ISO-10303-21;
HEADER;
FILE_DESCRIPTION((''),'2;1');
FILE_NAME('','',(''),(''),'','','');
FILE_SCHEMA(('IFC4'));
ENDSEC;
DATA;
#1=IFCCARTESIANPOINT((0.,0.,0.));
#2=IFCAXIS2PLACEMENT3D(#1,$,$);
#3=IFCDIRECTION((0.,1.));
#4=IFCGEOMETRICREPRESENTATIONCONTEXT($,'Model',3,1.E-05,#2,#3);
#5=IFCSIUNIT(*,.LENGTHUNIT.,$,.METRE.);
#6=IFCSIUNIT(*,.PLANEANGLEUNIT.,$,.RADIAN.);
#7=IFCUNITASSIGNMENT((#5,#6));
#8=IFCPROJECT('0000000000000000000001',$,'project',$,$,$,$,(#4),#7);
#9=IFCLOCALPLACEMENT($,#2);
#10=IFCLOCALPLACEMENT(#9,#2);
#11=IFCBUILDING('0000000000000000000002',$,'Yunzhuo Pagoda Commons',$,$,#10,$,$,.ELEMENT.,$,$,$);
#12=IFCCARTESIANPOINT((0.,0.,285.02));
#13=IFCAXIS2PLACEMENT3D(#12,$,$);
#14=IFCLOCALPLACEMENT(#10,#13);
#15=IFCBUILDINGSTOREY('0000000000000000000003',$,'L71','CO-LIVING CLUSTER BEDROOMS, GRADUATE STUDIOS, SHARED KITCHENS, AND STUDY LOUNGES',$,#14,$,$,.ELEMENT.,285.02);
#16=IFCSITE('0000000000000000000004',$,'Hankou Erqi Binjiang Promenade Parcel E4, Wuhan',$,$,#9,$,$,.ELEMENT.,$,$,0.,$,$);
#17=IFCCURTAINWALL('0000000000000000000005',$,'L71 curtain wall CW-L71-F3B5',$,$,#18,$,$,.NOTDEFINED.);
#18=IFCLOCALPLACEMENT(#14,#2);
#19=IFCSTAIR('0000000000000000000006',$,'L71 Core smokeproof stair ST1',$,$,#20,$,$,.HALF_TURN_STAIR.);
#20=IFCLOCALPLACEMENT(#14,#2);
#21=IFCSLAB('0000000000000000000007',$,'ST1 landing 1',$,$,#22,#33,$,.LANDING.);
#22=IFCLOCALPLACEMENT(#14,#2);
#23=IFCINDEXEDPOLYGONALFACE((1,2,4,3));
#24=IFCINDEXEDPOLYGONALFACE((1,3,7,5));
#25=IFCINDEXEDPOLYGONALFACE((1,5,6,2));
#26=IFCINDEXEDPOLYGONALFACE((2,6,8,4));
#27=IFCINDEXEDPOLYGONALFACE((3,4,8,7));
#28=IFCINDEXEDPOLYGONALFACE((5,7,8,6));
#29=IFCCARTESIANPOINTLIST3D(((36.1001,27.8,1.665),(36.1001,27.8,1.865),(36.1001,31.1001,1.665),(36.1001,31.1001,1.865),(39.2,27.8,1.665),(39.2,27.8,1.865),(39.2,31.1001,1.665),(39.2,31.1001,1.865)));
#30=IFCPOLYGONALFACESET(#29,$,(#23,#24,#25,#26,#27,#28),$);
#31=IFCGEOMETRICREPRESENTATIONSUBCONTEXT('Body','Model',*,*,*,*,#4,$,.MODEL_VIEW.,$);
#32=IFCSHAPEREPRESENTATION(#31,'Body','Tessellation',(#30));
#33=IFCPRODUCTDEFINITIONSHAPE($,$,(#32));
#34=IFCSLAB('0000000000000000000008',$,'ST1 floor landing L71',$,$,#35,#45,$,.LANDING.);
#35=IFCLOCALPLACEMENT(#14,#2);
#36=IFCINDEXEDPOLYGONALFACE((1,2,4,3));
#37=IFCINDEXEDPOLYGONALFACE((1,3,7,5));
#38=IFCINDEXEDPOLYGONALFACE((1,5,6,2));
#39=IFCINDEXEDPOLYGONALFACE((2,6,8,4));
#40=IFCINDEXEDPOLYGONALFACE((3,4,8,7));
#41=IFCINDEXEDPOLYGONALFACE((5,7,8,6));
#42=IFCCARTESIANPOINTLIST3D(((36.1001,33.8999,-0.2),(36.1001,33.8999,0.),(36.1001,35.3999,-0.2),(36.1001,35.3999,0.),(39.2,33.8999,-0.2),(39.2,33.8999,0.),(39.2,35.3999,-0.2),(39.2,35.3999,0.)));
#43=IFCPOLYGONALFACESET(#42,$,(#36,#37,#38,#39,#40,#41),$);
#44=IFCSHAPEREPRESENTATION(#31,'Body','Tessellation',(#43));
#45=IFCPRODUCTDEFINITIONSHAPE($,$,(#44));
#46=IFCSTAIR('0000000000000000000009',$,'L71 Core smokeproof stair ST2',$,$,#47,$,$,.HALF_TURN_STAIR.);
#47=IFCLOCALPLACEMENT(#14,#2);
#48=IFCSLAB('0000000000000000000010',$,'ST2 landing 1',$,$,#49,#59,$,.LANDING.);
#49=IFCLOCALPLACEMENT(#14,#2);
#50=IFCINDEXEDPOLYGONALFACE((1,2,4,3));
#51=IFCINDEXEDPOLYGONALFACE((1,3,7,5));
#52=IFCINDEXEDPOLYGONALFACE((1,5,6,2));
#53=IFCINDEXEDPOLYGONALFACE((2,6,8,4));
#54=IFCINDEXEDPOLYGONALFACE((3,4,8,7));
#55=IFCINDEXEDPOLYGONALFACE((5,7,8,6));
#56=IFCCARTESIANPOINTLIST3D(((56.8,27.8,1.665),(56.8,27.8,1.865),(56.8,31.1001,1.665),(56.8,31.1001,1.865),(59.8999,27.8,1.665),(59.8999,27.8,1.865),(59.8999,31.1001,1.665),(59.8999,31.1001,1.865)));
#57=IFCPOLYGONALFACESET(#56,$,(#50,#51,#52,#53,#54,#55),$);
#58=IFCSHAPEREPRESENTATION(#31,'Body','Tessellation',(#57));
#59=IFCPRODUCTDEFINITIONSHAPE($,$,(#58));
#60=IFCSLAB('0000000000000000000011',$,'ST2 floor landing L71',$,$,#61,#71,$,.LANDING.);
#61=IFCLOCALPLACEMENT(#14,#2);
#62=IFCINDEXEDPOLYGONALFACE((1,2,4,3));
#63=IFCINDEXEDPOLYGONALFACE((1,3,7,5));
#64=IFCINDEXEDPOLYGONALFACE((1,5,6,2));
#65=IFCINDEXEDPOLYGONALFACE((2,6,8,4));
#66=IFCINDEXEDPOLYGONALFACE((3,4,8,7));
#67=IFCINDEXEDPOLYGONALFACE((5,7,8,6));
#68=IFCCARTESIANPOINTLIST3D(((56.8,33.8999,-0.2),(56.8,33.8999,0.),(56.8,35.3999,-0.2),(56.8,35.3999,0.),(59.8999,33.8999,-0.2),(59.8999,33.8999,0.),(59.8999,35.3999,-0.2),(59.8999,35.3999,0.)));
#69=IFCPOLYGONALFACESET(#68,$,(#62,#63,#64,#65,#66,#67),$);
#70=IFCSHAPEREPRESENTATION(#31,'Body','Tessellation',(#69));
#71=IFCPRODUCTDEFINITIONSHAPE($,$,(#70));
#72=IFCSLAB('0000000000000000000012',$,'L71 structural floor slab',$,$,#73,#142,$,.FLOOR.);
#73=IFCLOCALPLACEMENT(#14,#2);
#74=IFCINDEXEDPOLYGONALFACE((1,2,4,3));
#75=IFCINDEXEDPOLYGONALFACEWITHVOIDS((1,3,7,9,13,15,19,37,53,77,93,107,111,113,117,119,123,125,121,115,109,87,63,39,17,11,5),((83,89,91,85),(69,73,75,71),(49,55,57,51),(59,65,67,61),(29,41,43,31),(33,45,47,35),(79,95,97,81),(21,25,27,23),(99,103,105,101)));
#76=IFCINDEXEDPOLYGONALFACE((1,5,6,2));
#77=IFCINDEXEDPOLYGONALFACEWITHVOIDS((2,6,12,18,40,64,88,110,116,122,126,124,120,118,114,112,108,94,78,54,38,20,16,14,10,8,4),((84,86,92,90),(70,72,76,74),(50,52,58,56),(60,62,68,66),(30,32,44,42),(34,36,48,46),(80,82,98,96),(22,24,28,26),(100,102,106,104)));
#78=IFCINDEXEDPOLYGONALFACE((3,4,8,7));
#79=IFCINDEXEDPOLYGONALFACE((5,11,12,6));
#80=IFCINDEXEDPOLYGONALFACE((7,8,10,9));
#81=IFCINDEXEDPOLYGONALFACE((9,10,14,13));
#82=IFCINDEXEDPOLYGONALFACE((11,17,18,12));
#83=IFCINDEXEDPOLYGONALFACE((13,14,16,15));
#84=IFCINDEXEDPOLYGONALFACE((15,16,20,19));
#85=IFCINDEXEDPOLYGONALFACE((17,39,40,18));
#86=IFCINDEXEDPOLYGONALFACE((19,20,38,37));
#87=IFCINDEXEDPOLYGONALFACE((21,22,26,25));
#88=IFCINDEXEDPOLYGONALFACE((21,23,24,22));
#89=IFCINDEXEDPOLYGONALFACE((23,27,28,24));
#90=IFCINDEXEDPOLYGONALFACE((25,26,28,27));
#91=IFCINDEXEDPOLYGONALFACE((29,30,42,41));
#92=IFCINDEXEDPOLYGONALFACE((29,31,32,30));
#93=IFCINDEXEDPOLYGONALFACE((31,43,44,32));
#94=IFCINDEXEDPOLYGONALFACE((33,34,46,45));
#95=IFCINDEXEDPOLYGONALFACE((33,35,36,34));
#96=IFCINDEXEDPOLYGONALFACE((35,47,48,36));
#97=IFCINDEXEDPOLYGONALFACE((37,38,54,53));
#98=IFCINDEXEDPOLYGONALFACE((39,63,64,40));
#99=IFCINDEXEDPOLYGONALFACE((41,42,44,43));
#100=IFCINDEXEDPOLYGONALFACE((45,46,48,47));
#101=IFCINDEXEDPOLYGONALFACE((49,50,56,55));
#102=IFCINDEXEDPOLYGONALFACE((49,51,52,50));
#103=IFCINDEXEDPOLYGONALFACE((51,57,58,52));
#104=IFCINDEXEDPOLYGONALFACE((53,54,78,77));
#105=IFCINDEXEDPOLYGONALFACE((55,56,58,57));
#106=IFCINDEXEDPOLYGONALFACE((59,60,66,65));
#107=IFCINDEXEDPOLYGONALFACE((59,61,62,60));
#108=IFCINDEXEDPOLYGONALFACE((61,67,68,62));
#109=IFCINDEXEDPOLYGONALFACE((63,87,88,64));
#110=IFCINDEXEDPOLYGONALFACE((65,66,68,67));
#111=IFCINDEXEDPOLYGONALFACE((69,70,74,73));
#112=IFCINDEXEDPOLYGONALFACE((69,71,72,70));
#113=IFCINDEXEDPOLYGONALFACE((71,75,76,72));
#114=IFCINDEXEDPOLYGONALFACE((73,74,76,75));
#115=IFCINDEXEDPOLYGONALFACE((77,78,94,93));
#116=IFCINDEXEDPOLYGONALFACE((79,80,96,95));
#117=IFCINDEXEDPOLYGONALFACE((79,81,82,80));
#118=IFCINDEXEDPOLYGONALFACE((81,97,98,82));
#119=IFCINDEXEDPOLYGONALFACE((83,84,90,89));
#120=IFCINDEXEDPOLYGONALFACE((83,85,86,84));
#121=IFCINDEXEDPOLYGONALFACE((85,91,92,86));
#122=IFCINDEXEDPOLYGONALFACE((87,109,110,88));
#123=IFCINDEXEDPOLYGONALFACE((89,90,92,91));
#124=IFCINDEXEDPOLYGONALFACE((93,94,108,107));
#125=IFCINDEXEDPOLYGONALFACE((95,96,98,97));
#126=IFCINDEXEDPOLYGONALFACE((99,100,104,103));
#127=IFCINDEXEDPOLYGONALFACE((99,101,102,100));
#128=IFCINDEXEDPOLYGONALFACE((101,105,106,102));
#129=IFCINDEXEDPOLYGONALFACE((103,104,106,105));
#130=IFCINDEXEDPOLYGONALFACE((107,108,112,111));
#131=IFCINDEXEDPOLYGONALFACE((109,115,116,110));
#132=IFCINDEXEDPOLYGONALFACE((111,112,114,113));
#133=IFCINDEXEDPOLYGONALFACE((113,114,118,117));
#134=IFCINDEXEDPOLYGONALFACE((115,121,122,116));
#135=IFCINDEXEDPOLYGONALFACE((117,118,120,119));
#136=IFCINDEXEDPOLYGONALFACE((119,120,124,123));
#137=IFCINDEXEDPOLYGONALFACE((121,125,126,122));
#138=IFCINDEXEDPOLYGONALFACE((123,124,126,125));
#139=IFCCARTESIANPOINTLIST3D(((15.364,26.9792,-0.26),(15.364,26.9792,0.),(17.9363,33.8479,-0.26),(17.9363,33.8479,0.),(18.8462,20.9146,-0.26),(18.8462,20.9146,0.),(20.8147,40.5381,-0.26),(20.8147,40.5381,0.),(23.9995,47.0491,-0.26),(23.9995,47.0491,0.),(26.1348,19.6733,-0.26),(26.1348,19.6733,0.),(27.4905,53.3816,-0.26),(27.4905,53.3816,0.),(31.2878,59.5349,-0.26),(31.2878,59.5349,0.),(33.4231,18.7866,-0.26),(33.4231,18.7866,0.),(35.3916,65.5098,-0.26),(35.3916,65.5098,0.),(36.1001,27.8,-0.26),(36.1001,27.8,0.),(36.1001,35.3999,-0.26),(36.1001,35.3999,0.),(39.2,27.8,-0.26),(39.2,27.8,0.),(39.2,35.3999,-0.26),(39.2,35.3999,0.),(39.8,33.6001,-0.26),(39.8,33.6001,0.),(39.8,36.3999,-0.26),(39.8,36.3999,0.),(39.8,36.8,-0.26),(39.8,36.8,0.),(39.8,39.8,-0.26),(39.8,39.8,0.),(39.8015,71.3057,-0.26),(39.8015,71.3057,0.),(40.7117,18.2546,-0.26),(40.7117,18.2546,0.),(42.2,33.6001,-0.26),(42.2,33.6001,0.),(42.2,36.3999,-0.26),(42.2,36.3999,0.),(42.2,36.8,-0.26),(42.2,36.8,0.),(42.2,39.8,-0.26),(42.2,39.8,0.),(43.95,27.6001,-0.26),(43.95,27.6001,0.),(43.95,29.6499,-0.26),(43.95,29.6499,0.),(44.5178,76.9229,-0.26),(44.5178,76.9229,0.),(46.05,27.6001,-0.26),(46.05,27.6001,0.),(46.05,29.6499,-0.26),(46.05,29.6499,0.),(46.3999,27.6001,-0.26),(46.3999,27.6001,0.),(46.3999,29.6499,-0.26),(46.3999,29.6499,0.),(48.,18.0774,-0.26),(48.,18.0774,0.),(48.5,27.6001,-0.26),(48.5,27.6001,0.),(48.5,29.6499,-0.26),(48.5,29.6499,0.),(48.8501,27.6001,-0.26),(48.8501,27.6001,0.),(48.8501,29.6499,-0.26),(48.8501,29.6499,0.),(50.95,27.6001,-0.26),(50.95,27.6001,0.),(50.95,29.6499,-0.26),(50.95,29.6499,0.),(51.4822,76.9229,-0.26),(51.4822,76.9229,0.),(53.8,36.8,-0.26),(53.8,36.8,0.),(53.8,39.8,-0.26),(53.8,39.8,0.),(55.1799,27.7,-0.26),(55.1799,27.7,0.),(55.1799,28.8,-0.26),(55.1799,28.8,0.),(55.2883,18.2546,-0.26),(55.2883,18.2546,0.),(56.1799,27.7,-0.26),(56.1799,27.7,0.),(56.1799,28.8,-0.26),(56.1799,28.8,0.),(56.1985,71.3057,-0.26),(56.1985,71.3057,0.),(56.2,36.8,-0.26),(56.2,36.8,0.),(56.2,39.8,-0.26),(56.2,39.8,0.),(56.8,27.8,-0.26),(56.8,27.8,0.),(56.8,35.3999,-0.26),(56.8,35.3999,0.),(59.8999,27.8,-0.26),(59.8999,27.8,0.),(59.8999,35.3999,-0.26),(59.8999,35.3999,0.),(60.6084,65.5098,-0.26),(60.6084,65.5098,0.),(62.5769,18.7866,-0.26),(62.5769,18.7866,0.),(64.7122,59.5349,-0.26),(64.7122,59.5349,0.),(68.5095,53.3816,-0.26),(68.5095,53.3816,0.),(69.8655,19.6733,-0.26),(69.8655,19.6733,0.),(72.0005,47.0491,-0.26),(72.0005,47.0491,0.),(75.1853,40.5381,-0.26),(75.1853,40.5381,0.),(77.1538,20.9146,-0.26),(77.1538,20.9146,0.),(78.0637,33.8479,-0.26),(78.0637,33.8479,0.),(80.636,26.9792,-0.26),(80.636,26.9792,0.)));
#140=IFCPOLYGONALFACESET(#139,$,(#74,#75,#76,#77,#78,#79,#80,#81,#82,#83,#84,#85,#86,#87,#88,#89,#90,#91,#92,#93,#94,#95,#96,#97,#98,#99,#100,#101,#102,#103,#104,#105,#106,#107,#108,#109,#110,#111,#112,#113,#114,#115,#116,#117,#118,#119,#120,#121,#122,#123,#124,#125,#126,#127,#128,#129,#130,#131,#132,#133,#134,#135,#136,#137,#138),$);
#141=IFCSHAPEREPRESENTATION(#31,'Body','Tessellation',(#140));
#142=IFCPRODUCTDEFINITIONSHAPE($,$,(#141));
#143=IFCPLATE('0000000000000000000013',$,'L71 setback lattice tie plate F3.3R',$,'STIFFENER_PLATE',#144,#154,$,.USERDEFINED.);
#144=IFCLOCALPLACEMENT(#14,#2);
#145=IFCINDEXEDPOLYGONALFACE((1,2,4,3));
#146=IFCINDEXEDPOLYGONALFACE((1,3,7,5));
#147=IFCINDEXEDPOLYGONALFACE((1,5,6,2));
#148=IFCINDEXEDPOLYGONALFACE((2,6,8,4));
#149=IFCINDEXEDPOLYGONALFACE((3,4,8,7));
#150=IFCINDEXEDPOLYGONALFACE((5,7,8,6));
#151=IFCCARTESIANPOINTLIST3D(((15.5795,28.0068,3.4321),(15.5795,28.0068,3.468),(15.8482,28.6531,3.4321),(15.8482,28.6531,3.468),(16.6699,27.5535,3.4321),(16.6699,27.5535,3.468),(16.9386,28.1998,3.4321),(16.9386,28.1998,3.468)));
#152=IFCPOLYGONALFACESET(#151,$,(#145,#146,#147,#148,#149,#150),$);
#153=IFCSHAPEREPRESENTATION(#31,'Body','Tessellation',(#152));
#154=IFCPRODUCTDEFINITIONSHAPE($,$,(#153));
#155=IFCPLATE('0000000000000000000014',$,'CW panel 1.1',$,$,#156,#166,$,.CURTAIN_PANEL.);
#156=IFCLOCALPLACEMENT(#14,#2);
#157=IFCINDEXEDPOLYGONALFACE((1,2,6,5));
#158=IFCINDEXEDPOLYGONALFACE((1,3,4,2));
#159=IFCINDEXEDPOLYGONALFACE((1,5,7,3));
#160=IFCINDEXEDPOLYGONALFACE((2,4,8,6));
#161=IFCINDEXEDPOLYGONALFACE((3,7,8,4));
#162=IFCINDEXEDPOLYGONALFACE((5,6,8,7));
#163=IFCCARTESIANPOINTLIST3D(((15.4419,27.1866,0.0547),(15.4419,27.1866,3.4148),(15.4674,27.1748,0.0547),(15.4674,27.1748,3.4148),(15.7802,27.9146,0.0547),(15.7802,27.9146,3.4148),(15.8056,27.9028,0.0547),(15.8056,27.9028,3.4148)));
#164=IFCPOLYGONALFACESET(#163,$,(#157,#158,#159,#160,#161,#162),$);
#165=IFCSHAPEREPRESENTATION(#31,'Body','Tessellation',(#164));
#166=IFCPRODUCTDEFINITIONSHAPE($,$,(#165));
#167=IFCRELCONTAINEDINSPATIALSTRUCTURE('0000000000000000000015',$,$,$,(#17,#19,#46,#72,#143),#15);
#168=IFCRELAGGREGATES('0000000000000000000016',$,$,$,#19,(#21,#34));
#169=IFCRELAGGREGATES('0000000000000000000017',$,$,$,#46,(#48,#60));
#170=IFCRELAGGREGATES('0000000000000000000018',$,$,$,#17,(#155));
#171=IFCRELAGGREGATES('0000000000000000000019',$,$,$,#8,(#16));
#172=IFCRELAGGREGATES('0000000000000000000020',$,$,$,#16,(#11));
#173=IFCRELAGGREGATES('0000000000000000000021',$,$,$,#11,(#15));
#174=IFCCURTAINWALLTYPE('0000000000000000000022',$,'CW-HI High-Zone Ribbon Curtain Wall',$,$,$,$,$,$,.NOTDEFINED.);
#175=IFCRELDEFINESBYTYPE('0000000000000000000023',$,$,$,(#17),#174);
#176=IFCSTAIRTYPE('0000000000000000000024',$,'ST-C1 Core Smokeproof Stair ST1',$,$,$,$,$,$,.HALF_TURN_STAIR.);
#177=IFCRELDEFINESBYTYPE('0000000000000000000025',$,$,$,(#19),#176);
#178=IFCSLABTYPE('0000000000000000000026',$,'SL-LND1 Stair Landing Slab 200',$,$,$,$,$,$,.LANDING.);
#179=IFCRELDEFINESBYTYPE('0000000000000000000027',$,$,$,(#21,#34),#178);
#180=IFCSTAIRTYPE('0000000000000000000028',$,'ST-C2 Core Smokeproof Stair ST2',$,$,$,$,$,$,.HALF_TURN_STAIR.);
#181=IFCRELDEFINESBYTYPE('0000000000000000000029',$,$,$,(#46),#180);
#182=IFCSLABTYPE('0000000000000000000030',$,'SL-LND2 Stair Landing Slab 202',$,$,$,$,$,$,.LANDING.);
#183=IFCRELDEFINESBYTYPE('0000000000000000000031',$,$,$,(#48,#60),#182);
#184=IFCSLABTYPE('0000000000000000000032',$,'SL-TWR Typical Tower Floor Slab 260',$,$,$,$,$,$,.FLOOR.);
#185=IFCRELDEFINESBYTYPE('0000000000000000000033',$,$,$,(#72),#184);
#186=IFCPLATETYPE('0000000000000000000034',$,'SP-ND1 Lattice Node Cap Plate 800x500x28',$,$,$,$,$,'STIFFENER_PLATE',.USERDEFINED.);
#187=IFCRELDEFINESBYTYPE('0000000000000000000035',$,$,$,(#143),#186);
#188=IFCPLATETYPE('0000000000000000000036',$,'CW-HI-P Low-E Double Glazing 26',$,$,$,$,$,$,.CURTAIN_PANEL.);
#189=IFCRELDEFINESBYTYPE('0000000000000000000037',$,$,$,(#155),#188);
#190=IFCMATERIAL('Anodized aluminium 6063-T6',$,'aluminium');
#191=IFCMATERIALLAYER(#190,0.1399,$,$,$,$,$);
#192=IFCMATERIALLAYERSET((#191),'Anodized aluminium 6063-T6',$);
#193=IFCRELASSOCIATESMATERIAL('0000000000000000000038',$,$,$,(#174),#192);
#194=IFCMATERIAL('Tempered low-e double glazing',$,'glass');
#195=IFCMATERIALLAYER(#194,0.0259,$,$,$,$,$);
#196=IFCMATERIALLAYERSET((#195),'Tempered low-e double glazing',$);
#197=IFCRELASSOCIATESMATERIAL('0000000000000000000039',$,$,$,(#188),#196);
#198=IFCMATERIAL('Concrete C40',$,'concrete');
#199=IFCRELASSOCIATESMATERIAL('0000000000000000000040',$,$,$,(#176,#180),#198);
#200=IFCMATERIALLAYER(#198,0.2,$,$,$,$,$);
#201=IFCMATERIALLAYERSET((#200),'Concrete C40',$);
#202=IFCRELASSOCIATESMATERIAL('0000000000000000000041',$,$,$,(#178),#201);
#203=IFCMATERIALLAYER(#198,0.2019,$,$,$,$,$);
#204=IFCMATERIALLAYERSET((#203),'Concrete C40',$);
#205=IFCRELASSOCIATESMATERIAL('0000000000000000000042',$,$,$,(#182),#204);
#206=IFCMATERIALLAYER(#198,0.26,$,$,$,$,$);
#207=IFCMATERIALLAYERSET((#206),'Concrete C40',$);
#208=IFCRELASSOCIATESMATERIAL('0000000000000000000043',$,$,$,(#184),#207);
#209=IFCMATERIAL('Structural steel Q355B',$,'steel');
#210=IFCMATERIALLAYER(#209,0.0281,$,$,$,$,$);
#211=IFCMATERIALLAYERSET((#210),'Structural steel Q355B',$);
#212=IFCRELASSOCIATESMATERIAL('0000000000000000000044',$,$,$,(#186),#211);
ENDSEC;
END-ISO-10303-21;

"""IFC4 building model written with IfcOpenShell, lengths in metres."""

from ifc_helpers import new_model, si_unit, direction, frame, origin, origin_2d, place, context, subcontext, project, spatial, polyline, rectangle, outline, extrude, source, transform, mapped, material, layer, layer_set, type_object, element, aggregate, save


model = new_model("IFC4")

# Units and contexts
model_context = context("Model", 3, precision=1e-05, world=origin(), true_north=direction((0.0, 1.0)))
body_context = subcontext(model_context, "Body", "Model", "MODEL_VIEW")
ifc_project = project(units=[si_unit("LENGTHUNIT", "METRE"), si_unit("PLANEANGLEUNIT", "RADIAN")], contexts=[model_context])

# Site, building, storey
site_placement = place(None, origin())
site = spatial("IfcSite", under=ifc_project, at=site_placement, Name="Hankou Erqi Binjiang Promenade Parcel E4, Wuhan", CompositionType="ELEMENT", RefElevation=0.0)
building_placement = place(site_placement, origin())
building = spatial("IfcBuilding", under=site, at=building_placement, Name="Yunzhuo Pagoda Commons", CompositionType="ELEMENT")
storey_placement = place(building_placement, frame((0.0, 0.0, 285.02)))
storey = spatial("IfcBuildingStorey", under=building, at=storey_placement, Name="L71", Description="CO-LIVING CLUSTER BEDROOMS, GRADUATE STUDIOS, SHARED KITCHENS, AND STUDY LOUNGES", CompositionType="ELEMENT", Elevation=285.02)

# Shared definitions
ifc_material_1 = material(Name="Structural steel Q355B", Category="steel")

# Curtain wall
ifc_material_2 = material(Name="Anodized aluminium 6063-T6", Category="aluminium")
ifc_layer_1 = layer(ifc_material_2, 0.1399)
ifc_layer_set_1 = layer_set([ifc_layer_1], Name="Anodized aluminium 6063-T6")
curtain_wall_type = type_object("IfcCurtainWallType", Name="CW-HI High-Zone Ribbon Curtain Wall", PredefinedType="NOTDEFINED", material=ifc_layer_set_1)
curtain_wall_1_placement = place(storey_placement, origin())
curtain_wall_1 = element("IfcCurtainWall", 1, at=curtain_wall_1_placement, inside=storey, type_object=curtain_wall_type, Name="L71 curtain wall CW-L71-F3B5", PredefinedType="NOTDEFINED")

# Shared definitions
ifc_material_3 = material(Name="Tempered low-e double glazing", Category="glass")
ifc_layer_2 = layer(ifc_material_3, 0.0259)
ifc_layer_set_2 = layer_set([ifc_layer_2], Name="Tempered low-e double glazing")
plate_type_1 = type_object("IfcPlateType", Name="CW-HI-P Low-E Double Glazing 26", PredefinedType="CURTAIN_PANEL", material=ifc_layer_set_2)

# Shared definitions
ifc_material_4 = material(Name="Concrete C40", Category="concrete")

# Stairs, slabs
stair_type_1 = type_object("IfcStairType", Name="ST-C1 Core Smokeproof Stair ST1", PredefinedType="HALF_TURN_STAIR", material=ifc_material_4)
stair_1_placement = place(storey_placement, origin())
stair_1 = element("IfcStair", 2, at=stair_1_placement, inside=storey, type_object=stair_type_1, Name="L71 Core smokeproof stair ST1", PredefinedType="HALF_TURN_STAIR")
ifc_layer_3 = layer(ifc_material_4, 0.2)
ifc_layer_set_3 = layer_set([ifc_layer_3], Name="Concrete C40")
slab_type_1 = type_object("IfcSlabType", Name="SL-LND1 Stair Landing Slab 200", PredefinedType="LANDING", material=ifc_layer_set_3)
slab_1_placement = place(storey_placement, frame((0.0, 0.0, 1.665)))
slab_1 = element("IfcSlab", 3, at=slab_1_placement, type_object=slab_type_1, Name="ST1 landing 1", PredefinedType="LANDING", context=body_context, shape_type="SweptSolid", body=[
    extrude(outline(polyline([(36.1001, 31.1001), (36.1001, 27.8), (39.2, 27.8), (39.2, 31.1001), (36.1001, 31.1001)])), origin(), (0.0, 0.0, 1.0), 0.2),
])
slab_2_placement = place(storey_placement, frame((0.0, 0.0, -0.2)))
slab_2 = element("IfcSlab", 4, at=slab_2_placement, type_object=slab_type_1, Name="ST1 floor landing L71", PredefinedType="LANDING", context=body_context, shape_type="SweptSolid", body=[
    extrude(outline(polyline([(36.1001, 35.3999), (36.1001, 33.8999), (39.2, 33.8999), (39.2, 35.3999), (36.1001, 35.3999)])), origin(), (0.0, 0.0, 1.0), 0.2),
])
aggregate(stair_1, [slab_1, slab_2])
stair_type_2 = type_object("IfcStairType", Name="ST-C2 Core Smokeproof Stair ST2", PredefinedType="HALF_TURN_STAIR", material=ifc_material_4)
stair_2_placement = place(storey_placement, origin())
stair_2 = element("IfcStair", 5, at=stair_2_placement, inside=storey, type_object=stair_type_2, Name="L71 Core smokeproof stair ST2", PredefinedType="HALF_TURN_STAIR")
ifc_layer_4 = layer(ifc_material_4, 0.2019)
ifc_layer_set_4 = layer_set([ifc_layer_4], Name="Concrete C40")
slab_type_2 = type_object("IfcSlabType", Name="SL-LND2 Stair Landing Slab 202", PredefinedType="LANDING", material=ifc_layer_set_4)
slab_3_placement = place(storey_placement, frame((0.0, 0.0, 1.665)))
slab_3 = element("IfcSlab", 6, at=slab_3_placement, type_object=slab_type_2, Name="ST2 landing 1", PredefinedType="LANDING", context=body_context, shape_type="SweptSolid", body=[
    extrude(outline(polyline([(56.8, 31.1001), (56.8, 27.8), (59.8999, 27.8), (59.8999, 31.1001), (56.8, 31.1001)])), origin(), (0.0, 0.0, 1.0), 0.2),
])
slab_4_placement = place(storey_placement, frame((0.0, 0.0, -0.2)))
slab_4 = element("IfcSlab", 7, at=slab_4_placement, type_object=slab_type_2, Name="ST2 floor landing L71", PredefinedType="LANDING", context=body_context, shape_type="SweptSolid", body=[
    extrude(outline(polyline([(56.8, 35.3999), (56.8, 33.8999), (59.8999, 33.8999), (59.8999, 35.3999), (56.8, 35.3999)])), origin(), (0.0, 0.0, 1.0), 0.2),
])
aggregate(stair_2, [slab_3, slab_4])

# Slab
ifc_layer_5 = layer(ifc_material_4, 0.26)
ifc_layer_set_5 = layer_set([ifc_layer_5], Name="Concrete C40")
slab_type_3 = type_object("IfcSlabType", Name="SL-TWR Typical Tower Floor Slab 260", PredefinedType="FLOOR", material=ifc_layer_set_5)
slab_5_placement = place(storey_placement, frame((0.0, 0.0, -0.26)))
element("IfcSlab", 8, at=slab_5_placement, inside=storey, type_object=slab_type_3, Name="L71 structural floor slab", PredefinedType="FLOOR", context=body_context, shape_type="SweptSolid", body=[
    extrude(outline(polyline([(17.9363, 33.8479), (20.8147, 40.5381), (23.9995, 47.0491), (27.4905, 53.3816), (31.2878, 59.5349), (35.3916, 65.5098), (39.8015, 71.3057), (44.5178, 76.9229), (51.4822, 76.9229), (56.1985, 71.3057), (60.6084, 65.5098), (64.7122, 59.5349), (68.5095, 53.3816), (72.0005, 47.0491), (75.1853, 40.5381), (78.0637, 33.8479), (80.636, 26.9792), (77.1538, 20.9146), (69.8655, 19.6733), (62.5769, 18.7866), (55.2883, 18.2546), (48.0, 18.0774), (40.7117, 18.2546), (33.4231, 18.7866), (26.1348, 19.6733), (18.8462, 20.9146), (15.364, 26.9792), (17.9363, 33.8479)]), holes=[polyline([(56.1799, 28.8), (55.1799, 28.8), (55.1799, 27.7), (56.1799, 27.7), (56.1799, 28.8)]), polyline([(46.05, 29.6499), (43.95, 29.6499), (43.95, 27.6001), (46.05, 27.6001), (46.05, 29.6499)]), polyline([(48.5, 29.6499), (46.3999, 29.6499), (46.3999, 27.6001), (48.5, 27.6001), (48.5, 29.6499)]), polyline([(50.95, 29.6499), (48.8501, 29.6499), (48.8501, 27.6001), (50.95, 27.6001), (50.95, 29.6499)]), polyline([(39.2, 27.8), (39.2, 35.3999), (36.1001, 35.3999), (36.1001, 27.8), (39.2, 27.8)]), polyline([(59.8999, 27.8), (59.8999, 35.3999), (56.8, 35.3999), (56.8, 27.8), (59.8999, 27.8)]), polyline([(42.2, 36.3999), (39.8, 36.3999), (39.8, 33.6001), (42.2, 33.6001), (42.2, 36.3999)]), polyline([(42.2, 36.8), (42.2, 39.8), (39.8, 39.8), (39.8, 36.8), (42.2, 36.8)]), polyline([(56.2, 36.8), (56.2, 39.8), (53.8, 39.8), (53.8, 36.8), (56.2, 36.8)])]), origin(), (0.0, 0.0, 1.0), 0.26),
])

# Plates
ifc_layer_6 = layer(ifc_material_1, 0.0281)
ifc_layer_set_6 = layer_set([ifc_layer_6], Name="Structural steel Q355B")
plate_type_2 = type_object("IfcPlateType", Name="SP-ND1 Lattice Node Cap Plate 800x500x28", ElementType="STIFFENER_PLATE", PredefinedType="USERDEFINED", material=ifc_layer_set_6)
shared_shape_1 = source(origin(), body_context, "Body", "SweptSolid", [
    extrude(rectangle(XDim=0.7, YDim=1.1809, at=origin_2d()), origin(), (0.0, 0.0, 1.0), 0.0359),
])
plate_1_placement = place(storey_placement, frame((16.259, 28.1033, 3.4321), z_axis=(0.0, 0.0, 1.0), x_axis=(-0.38386, -0.923391, 0.0)))
element("IfcPlate", 9, at=plate_1_placement, inside=storey, type_object=plate_type_2, Name="L71 setback lattice tie plate F3.3R", ObjectType="STIFFENER_PLATE", PredefinedType="USERDEFINED", context=body_context, shape_type="MappedRepresentation", body=[
    mapped(shared_shape_1, transform((0.0, 0.0, 0.0), scale=1.0)),
])
shared_shape_2 = source(origin(), body_context, "Body", "SweptSolid", [
    extrude(rectangle(XDim=0.8027, YDim=0.0281, at=origin_2d()), origin(), (0.0, 0.0, 1.0), 3.3601),
])
plate_2_placement = place(storey_placement, frame((15.6238, 27.5447, 0.0547), z_axis=(0.0, 0.0, 1.0), x_axis=(-0.421407, -0.906871, 0.0)))
plate_2 = element("IfcPlate", 10, at=plate_2_placement, type_object=plate_type_1, Name="CW panel 1.1", PredefinedType="CURTAIN_PANEL", context=body_context, shape_type="MappedRepresentation", body=[
    mapped(shared_shape_2, transform((0.0, 0.0, 0.0), scale=1.0)),
])
aggregate(curtain_wall_1, [plate_2])

save(model, "model.ifc")
